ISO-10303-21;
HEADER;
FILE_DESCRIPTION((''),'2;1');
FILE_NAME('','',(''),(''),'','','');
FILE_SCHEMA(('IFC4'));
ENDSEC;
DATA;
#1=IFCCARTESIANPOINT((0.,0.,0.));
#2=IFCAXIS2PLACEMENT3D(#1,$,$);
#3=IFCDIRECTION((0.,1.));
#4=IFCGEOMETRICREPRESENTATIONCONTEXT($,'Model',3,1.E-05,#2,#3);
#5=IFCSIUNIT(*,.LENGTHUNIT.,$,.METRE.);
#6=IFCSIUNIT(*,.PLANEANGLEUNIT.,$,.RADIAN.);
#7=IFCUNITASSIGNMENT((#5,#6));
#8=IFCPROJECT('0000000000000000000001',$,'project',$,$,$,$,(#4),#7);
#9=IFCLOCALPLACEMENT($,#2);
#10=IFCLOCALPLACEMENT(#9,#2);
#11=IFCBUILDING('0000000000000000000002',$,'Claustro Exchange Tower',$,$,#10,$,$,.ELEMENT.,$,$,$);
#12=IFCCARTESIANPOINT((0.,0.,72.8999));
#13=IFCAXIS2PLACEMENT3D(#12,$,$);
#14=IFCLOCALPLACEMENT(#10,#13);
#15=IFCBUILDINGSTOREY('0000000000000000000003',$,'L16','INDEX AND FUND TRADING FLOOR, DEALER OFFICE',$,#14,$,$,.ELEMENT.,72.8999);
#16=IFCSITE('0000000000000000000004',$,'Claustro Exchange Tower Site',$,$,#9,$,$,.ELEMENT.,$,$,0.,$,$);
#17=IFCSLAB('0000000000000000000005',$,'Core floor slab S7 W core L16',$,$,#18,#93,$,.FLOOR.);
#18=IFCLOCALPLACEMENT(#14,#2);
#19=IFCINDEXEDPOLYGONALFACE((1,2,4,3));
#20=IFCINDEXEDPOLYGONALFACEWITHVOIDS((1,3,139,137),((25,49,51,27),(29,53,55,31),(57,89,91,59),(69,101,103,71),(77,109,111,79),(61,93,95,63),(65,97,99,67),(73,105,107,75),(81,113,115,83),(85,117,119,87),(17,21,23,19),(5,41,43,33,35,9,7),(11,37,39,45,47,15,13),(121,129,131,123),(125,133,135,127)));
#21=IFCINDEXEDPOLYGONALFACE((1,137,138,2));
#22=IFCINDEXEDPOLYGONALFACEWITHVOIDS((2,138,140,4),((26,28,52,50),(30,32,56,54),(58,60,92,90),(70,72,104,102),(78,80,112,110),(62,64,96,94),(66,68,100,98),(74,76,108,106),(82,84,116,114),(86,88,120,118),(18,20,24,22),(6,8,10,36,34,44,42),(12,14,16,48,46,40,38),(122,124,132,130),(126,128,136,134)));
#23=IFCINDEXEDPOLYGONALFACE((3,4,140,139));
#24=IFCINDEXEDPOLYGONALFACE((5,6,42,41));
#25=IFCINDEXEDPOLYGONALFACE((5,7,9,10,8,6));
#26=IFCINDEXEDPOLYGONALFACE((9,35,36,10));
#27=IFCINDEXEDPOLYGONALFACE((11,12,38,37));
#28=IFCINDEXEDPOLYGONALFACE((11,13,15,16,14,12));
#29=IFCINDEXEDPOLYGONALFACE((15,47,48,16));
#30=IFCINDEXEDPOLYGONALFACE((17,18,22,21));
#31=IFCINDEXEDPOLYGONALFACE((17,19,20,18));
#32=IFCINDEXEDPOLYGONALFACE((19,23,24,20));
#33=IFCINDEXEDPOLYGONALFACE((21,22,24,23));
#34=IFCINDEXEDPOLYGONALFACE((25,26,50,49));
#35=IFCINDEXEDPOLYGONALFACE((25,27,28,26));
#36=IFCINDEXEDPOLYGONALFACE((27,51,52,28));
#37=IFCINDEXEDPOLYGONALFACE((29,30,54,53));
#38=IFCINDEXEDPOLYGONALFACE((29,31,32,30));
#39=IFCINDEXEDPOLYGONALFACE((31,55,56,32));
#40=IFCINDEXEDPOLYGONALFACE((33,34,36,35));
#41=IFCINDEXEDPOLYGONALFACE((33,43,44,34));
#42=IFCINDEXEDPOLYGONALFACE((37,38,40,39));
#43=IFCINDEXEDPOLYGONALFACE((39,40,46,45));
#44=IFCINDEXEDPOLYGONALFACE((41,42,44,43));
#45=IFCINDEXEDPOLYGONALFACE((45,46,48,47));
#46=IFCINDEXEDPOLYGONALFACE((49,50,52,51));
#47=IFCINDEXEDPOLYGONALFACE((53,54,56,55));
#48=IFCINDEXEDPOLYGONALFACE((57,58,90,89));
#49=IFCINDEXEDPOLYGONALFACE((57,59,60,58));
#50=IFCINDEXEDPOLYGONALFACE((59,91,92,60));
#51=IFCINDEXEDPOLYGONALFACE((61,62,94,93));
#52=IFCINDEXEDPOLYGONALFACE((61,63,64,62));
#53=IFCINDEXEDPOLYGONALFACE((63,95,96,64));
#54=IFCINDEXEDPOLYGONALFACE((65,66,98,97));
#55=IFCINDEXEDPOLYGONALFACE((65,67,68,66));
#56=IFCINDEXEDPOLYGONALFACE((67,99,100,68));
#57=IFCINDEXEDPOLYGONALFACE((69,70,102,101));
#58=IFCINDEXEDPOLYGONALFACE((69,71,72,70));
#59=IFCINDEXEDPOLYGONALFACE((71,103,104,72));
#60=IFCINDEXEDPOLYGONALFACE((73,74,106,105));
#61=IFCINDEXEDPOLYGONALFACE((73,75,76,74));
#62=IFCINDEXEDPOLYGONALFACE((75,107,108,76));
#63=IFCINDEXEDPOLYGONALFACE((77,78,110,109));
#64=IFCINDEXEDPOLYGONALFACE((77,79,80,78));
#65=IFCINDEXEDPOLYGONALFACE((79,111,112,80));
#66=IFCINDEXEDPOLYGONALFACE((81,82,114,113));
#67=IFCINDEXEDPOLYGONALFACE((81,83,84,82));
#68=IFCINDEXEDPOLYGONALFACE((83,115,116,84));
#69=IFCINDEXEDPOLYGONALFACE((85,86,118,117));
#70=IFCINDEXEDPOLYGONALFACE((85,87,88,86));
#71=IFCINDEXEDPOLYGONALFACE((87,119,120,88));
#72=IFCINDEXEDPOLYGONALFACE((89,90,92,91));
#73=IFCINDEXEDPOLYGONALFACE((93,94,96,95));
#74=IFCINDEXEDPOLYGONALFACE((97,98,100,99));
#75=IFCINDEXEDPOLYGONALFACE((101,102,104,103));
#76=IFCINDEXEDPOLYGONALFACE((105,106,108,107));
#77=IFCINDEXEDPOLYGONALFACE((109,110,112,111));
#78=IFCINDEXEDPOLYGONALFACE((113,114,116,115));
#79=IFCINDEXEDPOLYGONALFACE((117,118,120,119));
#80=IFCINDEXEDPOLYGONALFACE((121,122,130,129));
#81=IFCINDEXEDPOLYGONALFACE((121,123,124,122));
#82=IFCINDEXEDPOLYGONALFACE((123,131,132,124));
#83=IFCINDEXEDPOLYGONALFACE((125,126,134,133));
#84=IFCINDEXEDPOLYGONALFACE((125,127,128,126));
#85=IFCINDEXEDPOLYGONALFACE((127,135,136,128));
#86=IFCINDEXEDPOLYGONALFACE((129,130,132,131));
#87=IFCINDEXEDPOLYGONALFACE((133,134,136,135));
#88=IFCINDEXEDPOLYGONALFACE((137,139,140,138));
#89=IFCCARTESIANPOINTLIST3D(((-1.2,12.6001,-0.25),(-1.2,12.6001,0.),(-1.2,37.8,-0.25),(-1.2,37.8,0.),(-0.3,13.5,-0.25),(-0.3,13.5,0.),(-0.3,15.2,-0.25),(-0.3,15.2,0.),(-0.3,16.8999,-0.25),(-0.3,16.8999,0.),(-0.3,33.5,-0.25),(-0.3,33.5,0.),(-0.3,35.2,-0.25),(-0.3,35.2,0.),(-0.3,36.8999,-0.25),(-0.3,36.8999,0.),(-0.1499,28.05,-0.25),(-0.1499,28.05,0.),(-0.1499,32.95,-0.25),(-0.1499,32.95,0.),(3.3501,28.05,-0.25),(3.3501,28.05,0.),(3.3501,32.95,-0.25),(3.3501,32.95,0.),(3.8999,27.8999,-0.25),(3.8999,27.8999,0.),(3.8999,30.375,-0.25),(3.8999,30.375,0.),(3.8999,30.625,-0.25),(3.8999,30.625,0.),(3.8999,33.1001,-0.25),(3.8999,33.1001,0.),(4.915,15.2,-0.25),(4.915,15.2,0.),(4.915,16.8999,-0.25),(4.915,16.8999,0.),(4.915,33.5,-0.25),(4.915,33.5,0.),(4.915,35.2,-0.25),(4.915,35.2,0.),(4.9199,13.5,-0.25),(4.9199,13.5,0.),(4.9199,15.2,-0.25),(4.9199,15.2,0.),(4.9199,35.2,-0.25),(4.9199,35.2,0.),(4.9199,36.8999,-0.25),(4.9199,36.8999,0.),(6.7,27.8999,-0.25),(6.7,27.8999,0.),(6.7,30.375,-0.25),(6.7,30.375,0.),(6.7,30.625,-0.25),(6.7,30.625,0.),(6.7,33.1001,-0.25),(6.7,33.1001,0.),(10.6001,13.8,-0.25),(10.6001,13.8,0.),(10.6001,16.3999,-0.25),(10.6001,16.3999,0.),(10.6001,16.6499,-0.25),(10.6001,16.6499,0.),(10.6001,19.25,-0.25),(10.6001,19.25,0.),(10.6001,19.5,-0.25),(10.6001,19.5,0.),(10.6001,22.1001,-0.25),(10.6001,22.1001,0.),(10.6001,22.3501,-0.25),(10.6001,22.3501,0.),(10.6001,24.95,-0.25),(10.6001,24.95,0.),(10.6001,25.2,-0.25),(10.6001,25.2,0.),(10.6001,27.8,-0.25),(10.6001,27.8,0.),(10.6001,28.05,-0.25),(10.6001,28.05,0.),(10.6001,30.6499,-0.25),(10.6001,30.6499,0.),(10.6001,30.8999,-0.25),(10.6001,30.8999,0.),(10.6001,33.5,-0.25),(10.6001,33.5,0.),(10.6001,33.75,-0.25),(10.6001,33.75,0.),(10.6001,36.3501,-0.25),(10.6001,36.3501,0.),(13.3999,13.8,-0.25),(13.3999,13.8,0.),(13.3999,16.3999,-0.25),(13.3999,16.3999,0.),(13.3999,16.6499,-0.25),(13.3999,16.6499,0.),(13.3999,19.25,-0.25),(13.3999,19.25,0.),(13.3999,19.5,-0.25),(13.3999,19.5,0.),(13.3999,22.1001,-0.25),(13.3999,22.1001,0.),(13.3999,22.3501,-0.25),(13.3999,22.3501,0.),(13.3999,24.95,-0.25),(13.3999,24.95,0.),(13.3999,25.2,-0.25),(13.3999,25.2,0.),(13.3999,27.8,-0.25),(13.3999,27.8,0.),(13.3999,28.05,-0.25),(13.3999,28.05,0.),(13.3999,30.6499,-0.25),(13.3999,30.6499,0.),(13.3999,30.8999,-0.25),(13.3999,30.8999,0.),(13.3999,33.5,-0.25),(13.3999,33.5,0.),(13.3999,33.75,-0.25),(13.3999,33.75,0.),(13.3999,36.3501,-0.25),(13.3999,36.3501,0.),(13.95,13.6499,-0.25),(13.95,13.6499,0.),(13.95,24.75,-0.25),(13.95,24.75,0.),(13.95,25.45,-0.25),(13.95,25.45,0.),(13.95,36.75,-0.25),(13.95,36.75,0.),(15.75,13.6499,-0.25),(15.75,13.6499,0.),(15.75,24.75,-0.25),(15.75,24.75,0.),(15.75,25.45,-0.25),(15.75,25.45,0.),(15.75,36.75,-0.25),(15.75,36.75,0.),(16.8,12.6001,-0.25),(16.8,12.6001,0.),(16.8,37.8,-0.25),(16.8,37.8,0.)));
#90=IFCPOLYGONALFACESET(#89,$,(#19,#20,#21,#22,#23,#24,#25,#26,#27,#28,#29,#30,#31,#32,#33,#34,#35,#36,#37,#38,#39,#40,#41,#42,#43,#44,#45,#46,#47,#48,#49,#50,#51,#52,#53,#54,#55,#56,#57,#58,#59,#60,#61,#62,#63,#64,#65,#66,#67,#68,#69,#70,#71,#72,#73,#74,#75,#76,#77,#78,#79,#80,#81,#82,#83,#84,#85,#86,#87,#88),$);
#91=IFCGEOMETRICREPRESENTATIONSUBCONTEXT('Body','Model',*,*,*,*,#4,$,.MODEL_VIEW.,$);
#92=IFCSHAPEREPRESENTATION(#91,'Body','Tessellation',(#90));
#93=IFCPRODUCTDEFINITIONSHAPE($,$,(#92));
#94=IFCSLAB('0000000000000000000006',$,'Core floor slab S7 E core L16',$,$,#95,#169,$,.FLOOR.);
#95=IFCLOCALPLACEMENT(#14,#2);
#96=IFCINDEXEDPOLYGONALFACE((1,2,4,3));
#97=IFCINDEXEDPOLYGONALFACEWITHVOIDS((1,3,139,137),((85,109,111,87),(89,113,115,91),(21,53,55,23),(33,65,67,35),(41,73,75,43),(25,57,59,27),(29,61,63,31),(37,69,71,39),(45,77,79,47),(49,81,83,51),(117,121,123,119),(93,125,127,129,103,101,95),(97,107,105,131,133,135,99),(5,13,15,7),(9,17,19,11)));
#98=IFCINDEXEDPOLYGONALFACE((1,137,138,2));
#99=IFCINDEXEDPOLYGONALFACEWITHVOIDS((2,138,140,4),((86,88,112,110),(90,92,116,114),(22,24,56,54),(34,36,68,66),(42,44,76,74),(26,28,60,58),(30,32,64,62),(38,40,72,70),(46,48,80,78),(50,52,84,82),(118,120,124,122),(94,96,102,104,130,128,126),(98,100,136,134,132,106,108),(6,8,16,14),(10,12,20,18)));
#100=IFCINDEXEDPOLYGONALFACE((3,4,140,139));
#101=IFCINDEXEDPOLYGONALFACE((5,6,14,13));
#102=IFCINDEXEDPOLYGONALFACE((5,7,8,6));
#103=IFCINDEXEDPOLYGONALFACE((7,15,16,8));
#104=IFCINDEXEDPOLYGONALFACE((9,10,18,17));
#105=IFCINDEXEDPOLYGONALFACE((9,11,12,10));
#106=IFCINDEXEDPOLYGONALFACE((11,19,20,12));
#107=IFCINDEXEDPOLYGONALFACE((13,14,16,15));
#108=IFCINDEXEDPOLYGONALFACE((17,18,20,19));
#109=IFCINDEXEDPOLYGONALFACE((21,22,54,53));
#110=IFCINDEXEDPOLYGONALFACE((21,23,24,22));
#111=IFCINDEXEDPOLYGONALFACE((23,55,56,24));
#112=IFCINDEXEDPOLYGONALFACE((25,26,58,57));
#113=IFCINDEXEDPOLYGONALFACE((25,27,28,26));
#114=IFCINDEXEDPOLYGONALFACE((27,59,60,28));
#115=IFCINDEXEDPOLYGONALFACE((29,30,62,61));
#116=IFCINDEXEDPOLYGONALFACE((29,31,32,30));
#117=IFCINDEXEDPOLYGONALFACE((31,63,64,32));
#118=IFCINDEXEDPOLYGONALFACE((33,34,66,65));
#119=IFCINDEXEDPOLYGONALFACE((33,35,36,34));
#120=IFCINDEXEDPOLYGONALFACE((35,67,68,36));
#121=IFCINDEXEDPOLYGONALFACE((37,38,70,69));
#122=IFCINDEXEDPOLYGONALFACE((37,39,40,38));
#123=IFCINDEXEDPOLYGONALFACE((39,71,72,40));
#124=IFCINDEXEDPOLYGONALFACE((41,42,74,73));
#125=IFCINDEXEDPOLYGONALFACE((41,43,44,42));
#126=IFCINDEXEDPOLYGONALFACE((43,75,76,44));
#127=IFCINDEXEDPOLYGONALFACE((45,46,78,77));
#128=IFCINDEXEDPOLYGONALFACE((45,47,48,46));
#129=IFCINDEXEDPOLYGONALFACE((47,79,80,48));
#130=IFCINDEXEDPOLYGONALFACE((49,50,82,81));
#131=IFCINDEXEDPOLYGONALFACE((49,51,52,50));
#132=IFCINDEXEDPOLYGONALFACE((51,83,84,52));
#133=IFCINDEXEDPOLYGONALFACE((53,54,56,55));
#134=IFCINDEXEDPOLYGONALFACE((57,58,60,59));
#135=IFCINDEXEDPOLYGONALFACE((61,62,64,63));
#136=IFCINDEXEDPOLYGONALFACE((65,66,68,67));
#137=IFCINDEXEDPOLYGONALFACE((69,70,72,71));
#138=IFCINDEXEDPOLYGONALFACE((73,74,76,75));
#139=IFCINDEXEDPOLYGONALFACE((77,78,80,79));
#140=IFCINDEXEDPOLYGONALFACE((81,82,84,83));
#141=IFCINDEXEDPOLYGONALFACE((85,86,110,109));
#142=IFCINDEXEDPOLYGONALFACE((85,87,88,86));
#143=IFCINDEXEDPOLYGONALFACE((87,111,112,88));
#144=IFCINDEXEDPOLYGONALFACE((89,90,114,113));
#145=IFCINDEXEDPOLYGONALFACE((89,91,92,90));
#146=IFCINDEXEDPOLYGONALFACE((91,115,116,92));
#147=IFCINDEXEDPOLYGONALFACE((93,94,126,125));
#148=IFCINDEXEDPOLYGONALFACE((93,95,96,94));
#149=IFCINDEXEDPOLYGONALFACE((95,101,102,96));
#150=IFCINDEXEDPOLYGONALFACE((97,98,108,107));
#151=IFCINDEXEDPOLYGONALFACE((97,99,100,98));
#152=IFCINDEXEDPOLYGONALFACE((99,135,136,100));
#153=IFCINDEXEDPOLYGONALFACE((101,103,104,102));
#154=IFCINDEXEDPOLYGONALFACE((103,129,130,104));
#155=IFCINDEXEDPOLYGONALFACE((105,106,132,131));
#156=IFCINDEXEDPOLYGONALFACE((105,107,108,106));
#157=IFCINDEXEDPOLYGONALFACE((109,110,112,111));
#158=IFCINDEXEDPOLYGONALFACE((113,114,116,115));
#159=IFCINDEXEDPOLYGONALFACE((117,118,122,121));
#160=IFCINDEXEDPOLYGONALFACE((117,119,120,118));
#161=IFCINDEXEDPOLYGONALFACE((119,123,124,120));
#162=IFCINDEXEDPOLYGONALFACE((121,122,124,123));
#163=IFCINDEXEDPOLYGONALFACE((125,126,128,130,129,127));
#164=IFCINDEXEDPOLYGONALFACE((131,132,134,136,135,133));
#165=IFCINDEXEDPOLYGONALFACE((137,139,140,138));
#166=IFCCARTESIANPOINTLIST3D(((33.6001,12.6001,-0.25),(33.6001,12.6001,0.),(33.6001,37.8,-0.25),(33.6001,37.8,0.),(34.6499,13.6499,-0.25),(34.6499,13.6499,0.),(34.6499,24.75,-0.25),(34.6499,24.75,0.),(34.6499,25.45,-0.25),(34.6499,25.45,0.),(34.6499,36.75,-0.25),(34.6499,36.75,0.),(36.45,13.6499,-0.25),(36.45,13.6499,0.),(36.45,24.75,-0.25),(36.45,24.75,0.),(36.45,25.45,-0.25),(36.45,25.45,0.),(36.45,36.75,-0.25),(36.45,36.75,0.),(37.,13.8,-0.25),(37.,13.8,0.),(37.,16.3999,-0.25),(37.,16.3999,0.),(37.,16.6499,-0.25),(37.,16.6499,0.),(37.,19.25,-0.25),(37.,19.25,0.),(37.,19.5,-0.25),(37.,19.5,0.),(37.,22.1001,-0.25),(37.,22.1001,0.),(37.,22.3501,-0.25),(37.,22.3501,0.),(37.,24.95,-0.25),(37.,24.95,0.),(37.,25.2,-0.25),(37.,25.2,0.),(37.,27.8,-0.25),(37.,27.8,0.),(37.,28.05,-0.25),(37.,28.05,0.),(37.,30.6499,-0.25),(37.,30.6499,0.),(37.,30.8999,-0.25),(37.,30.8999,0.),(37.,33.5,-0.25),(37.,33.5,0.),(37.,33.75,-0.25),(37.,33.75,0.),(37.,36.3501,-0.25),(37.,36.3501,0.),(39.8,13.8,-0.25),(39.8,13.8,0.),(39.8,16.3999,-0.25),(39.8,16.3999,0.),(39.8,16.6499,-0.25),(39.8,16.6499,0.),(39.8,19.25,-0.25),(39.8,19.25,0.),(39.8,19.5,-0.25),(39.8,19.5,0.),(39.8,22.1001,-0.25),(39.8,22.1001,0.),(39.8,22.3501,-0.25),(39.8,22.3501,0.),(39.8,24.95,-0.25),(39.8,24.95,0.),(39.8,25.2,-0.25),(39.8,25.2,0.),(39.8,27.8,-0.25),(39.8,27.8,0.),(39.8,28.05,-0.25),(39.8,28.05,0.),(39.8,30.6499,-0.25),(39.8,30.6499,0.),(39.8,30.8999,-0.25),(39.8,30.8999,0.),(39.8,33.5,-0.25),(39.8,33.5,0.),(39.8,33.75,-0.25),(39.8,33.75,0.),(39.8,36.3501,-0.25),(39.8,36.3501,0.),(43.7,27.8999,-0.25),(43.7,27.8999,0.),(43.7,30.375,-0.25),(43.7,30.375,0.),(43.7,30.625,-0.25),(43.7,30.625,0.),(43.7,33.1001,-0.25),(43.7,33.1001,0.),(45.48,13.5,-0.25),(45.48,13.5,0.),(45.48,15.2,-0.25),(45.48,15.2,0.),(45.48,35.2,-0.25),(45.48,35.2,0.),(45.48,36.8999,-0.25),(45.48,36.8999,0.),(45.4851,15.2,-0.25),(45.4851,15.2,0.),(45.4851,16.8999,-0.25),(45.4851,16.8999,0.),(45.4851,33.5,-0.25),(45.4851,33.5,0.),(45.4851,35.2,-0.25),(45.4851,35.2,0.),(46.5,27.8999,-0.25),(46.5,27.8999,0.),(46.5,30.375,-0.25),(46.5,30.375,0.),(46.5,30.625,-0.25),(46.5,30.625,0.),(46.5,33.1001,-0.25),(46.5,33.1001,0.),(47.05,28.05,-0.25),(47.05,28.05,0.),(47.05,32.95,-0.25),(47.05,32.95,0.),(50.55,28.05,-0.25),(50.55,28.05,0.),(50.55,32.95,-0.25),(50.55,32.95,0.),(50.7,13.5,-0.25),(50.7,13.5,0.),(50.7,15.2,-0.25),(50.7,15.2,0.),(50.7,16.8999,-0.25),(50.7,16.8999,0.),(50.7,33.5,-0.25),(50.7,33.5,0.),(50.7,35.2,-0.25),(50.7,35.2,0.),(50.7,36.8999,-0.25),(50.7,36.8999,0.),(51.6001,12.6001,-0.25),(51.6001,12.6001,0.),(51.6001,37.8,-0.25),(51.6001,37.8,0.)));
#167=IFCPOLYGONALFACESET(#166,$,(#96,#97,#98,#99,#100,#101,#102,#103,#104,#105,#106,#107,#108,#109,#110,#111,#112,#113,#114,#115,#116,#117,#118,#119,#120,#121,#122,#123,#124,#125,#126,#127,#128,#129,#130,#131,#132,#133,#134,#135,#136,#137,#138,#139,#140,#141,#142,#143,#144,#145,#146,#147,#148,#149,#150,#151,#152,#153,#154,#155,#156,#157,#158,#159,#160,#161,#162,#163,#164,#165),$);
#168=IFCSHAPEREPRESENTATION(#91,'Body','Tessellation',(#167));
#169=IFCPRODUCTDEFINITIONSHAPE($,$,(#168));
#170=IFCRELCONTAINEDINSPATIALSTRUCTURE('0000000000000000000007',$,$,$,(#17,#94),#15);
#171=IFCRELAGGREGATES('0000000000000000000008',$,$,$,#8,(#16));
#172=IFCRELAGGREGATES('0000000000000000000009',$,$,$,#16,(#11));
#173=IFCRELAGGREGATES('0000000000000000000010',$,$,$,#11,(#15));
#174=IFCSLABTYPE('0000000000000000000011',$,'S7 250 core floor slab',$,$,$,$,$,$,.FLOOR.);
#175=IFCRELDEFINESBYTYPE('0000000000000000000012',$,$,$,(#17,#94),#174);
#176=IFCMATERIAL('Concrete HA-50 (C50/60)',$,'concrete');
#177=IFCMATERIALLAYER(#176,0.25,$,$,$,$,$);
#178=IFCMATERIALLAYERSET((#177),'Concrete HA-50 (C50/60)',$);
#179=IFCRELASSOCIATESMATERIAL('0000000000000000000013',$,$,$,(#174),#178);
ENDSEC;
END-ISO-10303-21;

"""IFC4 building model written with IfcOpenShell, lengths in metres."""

from ifc_helpers import new_model, si_unit, direction, frame, origin, place, context, subcontext, project, spatial, polyline, outline, extrude, material, layer, layer_set, type_object, element, save


model = new_model("IFC4")

# Units and contexts
model_context = context("Model", 3, precision=1e-05, world=origin(), true_north=direction((0.0, 1.0)))
body_context = subcontext(model_context, "Body", "Model", "MODEL_VIEW")
ifc_project = project(units=[si_unit("LENGTHUNIT", "METRE"), si_unit("PLANEANGLEUNIT", "RADIAN")], contexts=[model_context])

# Site, building, storey
site_placement = place(None, origin())
site = spatial("IfcSite", under=ifc_project, at=site_placement, Name="Claustro Exchange Tower Site", CompositionType="ELEMENT", RefElevation=0.0)
building_placement = place(site_placement, origin())
building = spatial("IfcBuilding", under=site, at=building_placement, Name="Claustro Exchange Tower", CompositionType="ELEMENT")
storey_placement = place(building_placement, frame((0.0, 0.0, 72.8999)))
storey = spatial("IfcBuildingStorey", under=building, at=storey_placement, Name="L16", Description="INDEX AND FUND TRADING FLOOR, DEALER OFFICE", CompositionType="ELEMENT", Elevation=72.8999)

# Slabs
ifc_material_1 = material(Name="Concrete HA-50 (C50/60)", Category="concrete")
ifc_layer_1 = layer(ifc_material_1, 0.25)
ifc_layer_set_1 = layer_set([ifc_layer_1], Name="Concrete HA-50 (C50/60)")
slab_type_1 = type_object("IfcSlabType", Name="S7 250 core floor slab", PredefinedType="FLOOR", material=ifc_layer_set_1)
slab_1_placement = place(storey_placement, frame((0.0, 0.0, -0.25)))
element("IfcSlab", 1, at=slab_1_placement, inside=storey, type_object=slab_type_1, Name="Core floor slab S7 W core L16", PredefinedType="FLOOR", context=body_context, shape_type="SweptSolid", body=[
    extrude(outline(polyline([(-1.2, 12.6001), (16.8, 12.6001), (16.8, 37.8), (-1.2, 37.8), (-1.2, 12.6001)]), holes=[polyline([(15.75, 24.75), (15.75, 13.6499), (13.95, 13.6499), (13.95, 24.75), (15.75, 24.75)]), polyline([(15.75, 36.75), (15.75, 25.45), (13.95, 25.45), (13.95, 36.75), (15.75, 36.75)]), polyline([(10.6001, 16.3999), (13.3999, 16.3999), (13.3999, 13.8), (10.6001, 13.8), (10.6001, 16.3999)]), polyline([(13.3999, 19.25), (13.3999, 16.6499), (10.6001, 16.6499), (10.6001, 19.25), (13.3999, 19.25)]), polyline([(13.3999, 22.1001), (13.3999, 19.5), (10.6001, 19.5), (10.6001, 22.1001), (13.3999, 22.1001)]), polyline([(13.3999, 24.95), (13.3999, 22.3501), (10.6001, 22.3501), (10.6001, 24.95), (13.3999, 24.95)]), polyline([(13.3999, 27.8), (13.3999, 25.2), (10.6001, 25.2), (10.6001, 27.8), (13.3999, 27.8)]), polyline([(13.3999, 30.6499), (13.3999, 28.05), (10.6001, 28.05), (10.6001, 30.6499), (13.3999, 30.6499)]), polyline([(13.3999, 33.5), (13.3999, 30.8999), (10.6001, 30.8999), (10.6001, 33.5), (13.3999, 33.5)]), polyline([(13.3999, 36.3501), (13.3999, 33.75), (10.6001, 33.75), (10.6001, 36.3501), (13.3999, 36.3501)]), polyline([(6.7, 30.375), (6.7, 27.8999), (3.8999, 27.8999), (3.8999, 30.375), (6.7, 30.375)]), polyline([(6.7, 33.1001), (6.7, 30.625), (3.8999, 30.625), (3.8999, 33.1001), (6.7, 33.1001)]), polyline([(-0.3, 15.2), (-0.3, 16.8999), (4.915, 16.8999), (4.915, 15.2), (4.9199, 15.2), (4.9199, 13.5), (-0.3, 13.5), (-0.3, 15.2)]), polyline([(-0.3, 36.8999), (4.9199, 36.8999), (4.9199, 35.2), (4.915, 35.2), (4.915, 33.5), (-0.3, 33.5), (-0.3, 35.2), (-0.3, 36.8999)]), polyline([(3.3501, 32.95), (3.3501, 28.05), (-0.1499, 28.05), (-0.1499, 32.95), (3.3501, 32.95)])]), origin(), (0.0, 0.0, 1.0), 0.25),
])
slab_2_placement = place(storey_placement, frame((0.0, 0.0, -0.25)))
element("IfcSlab", 2, at=slab_2_placement, inside=storey, type_object=slab_type_1, Name="Core floor slab S7 E core L16", PredefinedType="FLOOR", context=body_context, shape_type="SweptSolid", body=[
    extrude(outline(polyline([(33.6001, 12.6001), (51.6001, 12.6001), (51.6001, 37.8), (33.6001, 37.8), (33.6001, 12.6001)]), holes=[polyline([(45.48, 35.2), (45.48, 36.8999), (50.7, 36.8999), (50.7, 35.2), (50.7, 33.5), (45.4851, 33.5), (45.4851, 35.2), (45.48, 35.2)]), polyline([(45.4851, 15.2), (45.4851, 16.8999), (50.7, 16.8999), (50.7, 15.2), (50.7, 13.5), (45.48, 13.5), (45.48, 15.2), (45.4851, 15.2)]), polyline([(50.55, 32.95), (50.55, 28.05), (47.05, 28.05), (47.05, 32.95), (50.55, 32.95)]), polyline([(46.5, 30.375), (46.5, 27.8999), (43.7, 27.8999), (43.7, 30.375), (46.5, 30.375)]), polyline([(46.5, 33.1001), (46.5, 30.625), (43.7, 30.625), (43.7, 33.1001), (46.5, 33.1001)]), polyline([(37.0, 16.3999), (39.8, 16.3999), (39.8, 13.8), (37.0, 13.8), (37.0, 16.3999)]), polyline([(39.8, 19.25), (39.8, 16.6499), (37.0, 16.6499), (37.0, 19.25), (39.8, 19.25)]), polyline([(39.8, 22.1001), (39.8, 19.5), (37.0, 19.5), (37.0, 22.1001), (39.8, 22.1001)]), polyline([(39.8, 24.95), (39.8, 22.3501), (37.0, 22.3501), (37.0, 24.95), (39.8, 24.95)]), polyline([(39.8, 27.8), (39.8, 25.2), (37.0, 25.2), (37.0, 27.8), (39.8, 27.8)]), polyline([(39.8, 30.6499), (39.8, 28.05), (37.0, 28.05), (37.0, 30.6499), (39.8, 30.6499)]), polyline([(39.8, 33.5), (39.8, 30.8999), (37.0, 30.8999), (37.0, 33.5), (39.8, 33.5)]), polyline([(39.8, 36.3501), (39.8, 33.75), (37.0, 33.75), (37.0, 36.3501), (39.8, 36.3501)]), polyline([(36.45, 24.75), (36.45, 13.6499), (34.6499, 13.6499), (34.6499, 24.75), (36.45, 24.75)]), polyline([(36.45, 36.75), (36.45, 25.45), (34.6499, 25.45), (34.6499, 36.75), (36.45, 36.75)])]), origin(), (0.0, 0.0, 1.0), 0.25),
])

save(model, "model.ifc")
